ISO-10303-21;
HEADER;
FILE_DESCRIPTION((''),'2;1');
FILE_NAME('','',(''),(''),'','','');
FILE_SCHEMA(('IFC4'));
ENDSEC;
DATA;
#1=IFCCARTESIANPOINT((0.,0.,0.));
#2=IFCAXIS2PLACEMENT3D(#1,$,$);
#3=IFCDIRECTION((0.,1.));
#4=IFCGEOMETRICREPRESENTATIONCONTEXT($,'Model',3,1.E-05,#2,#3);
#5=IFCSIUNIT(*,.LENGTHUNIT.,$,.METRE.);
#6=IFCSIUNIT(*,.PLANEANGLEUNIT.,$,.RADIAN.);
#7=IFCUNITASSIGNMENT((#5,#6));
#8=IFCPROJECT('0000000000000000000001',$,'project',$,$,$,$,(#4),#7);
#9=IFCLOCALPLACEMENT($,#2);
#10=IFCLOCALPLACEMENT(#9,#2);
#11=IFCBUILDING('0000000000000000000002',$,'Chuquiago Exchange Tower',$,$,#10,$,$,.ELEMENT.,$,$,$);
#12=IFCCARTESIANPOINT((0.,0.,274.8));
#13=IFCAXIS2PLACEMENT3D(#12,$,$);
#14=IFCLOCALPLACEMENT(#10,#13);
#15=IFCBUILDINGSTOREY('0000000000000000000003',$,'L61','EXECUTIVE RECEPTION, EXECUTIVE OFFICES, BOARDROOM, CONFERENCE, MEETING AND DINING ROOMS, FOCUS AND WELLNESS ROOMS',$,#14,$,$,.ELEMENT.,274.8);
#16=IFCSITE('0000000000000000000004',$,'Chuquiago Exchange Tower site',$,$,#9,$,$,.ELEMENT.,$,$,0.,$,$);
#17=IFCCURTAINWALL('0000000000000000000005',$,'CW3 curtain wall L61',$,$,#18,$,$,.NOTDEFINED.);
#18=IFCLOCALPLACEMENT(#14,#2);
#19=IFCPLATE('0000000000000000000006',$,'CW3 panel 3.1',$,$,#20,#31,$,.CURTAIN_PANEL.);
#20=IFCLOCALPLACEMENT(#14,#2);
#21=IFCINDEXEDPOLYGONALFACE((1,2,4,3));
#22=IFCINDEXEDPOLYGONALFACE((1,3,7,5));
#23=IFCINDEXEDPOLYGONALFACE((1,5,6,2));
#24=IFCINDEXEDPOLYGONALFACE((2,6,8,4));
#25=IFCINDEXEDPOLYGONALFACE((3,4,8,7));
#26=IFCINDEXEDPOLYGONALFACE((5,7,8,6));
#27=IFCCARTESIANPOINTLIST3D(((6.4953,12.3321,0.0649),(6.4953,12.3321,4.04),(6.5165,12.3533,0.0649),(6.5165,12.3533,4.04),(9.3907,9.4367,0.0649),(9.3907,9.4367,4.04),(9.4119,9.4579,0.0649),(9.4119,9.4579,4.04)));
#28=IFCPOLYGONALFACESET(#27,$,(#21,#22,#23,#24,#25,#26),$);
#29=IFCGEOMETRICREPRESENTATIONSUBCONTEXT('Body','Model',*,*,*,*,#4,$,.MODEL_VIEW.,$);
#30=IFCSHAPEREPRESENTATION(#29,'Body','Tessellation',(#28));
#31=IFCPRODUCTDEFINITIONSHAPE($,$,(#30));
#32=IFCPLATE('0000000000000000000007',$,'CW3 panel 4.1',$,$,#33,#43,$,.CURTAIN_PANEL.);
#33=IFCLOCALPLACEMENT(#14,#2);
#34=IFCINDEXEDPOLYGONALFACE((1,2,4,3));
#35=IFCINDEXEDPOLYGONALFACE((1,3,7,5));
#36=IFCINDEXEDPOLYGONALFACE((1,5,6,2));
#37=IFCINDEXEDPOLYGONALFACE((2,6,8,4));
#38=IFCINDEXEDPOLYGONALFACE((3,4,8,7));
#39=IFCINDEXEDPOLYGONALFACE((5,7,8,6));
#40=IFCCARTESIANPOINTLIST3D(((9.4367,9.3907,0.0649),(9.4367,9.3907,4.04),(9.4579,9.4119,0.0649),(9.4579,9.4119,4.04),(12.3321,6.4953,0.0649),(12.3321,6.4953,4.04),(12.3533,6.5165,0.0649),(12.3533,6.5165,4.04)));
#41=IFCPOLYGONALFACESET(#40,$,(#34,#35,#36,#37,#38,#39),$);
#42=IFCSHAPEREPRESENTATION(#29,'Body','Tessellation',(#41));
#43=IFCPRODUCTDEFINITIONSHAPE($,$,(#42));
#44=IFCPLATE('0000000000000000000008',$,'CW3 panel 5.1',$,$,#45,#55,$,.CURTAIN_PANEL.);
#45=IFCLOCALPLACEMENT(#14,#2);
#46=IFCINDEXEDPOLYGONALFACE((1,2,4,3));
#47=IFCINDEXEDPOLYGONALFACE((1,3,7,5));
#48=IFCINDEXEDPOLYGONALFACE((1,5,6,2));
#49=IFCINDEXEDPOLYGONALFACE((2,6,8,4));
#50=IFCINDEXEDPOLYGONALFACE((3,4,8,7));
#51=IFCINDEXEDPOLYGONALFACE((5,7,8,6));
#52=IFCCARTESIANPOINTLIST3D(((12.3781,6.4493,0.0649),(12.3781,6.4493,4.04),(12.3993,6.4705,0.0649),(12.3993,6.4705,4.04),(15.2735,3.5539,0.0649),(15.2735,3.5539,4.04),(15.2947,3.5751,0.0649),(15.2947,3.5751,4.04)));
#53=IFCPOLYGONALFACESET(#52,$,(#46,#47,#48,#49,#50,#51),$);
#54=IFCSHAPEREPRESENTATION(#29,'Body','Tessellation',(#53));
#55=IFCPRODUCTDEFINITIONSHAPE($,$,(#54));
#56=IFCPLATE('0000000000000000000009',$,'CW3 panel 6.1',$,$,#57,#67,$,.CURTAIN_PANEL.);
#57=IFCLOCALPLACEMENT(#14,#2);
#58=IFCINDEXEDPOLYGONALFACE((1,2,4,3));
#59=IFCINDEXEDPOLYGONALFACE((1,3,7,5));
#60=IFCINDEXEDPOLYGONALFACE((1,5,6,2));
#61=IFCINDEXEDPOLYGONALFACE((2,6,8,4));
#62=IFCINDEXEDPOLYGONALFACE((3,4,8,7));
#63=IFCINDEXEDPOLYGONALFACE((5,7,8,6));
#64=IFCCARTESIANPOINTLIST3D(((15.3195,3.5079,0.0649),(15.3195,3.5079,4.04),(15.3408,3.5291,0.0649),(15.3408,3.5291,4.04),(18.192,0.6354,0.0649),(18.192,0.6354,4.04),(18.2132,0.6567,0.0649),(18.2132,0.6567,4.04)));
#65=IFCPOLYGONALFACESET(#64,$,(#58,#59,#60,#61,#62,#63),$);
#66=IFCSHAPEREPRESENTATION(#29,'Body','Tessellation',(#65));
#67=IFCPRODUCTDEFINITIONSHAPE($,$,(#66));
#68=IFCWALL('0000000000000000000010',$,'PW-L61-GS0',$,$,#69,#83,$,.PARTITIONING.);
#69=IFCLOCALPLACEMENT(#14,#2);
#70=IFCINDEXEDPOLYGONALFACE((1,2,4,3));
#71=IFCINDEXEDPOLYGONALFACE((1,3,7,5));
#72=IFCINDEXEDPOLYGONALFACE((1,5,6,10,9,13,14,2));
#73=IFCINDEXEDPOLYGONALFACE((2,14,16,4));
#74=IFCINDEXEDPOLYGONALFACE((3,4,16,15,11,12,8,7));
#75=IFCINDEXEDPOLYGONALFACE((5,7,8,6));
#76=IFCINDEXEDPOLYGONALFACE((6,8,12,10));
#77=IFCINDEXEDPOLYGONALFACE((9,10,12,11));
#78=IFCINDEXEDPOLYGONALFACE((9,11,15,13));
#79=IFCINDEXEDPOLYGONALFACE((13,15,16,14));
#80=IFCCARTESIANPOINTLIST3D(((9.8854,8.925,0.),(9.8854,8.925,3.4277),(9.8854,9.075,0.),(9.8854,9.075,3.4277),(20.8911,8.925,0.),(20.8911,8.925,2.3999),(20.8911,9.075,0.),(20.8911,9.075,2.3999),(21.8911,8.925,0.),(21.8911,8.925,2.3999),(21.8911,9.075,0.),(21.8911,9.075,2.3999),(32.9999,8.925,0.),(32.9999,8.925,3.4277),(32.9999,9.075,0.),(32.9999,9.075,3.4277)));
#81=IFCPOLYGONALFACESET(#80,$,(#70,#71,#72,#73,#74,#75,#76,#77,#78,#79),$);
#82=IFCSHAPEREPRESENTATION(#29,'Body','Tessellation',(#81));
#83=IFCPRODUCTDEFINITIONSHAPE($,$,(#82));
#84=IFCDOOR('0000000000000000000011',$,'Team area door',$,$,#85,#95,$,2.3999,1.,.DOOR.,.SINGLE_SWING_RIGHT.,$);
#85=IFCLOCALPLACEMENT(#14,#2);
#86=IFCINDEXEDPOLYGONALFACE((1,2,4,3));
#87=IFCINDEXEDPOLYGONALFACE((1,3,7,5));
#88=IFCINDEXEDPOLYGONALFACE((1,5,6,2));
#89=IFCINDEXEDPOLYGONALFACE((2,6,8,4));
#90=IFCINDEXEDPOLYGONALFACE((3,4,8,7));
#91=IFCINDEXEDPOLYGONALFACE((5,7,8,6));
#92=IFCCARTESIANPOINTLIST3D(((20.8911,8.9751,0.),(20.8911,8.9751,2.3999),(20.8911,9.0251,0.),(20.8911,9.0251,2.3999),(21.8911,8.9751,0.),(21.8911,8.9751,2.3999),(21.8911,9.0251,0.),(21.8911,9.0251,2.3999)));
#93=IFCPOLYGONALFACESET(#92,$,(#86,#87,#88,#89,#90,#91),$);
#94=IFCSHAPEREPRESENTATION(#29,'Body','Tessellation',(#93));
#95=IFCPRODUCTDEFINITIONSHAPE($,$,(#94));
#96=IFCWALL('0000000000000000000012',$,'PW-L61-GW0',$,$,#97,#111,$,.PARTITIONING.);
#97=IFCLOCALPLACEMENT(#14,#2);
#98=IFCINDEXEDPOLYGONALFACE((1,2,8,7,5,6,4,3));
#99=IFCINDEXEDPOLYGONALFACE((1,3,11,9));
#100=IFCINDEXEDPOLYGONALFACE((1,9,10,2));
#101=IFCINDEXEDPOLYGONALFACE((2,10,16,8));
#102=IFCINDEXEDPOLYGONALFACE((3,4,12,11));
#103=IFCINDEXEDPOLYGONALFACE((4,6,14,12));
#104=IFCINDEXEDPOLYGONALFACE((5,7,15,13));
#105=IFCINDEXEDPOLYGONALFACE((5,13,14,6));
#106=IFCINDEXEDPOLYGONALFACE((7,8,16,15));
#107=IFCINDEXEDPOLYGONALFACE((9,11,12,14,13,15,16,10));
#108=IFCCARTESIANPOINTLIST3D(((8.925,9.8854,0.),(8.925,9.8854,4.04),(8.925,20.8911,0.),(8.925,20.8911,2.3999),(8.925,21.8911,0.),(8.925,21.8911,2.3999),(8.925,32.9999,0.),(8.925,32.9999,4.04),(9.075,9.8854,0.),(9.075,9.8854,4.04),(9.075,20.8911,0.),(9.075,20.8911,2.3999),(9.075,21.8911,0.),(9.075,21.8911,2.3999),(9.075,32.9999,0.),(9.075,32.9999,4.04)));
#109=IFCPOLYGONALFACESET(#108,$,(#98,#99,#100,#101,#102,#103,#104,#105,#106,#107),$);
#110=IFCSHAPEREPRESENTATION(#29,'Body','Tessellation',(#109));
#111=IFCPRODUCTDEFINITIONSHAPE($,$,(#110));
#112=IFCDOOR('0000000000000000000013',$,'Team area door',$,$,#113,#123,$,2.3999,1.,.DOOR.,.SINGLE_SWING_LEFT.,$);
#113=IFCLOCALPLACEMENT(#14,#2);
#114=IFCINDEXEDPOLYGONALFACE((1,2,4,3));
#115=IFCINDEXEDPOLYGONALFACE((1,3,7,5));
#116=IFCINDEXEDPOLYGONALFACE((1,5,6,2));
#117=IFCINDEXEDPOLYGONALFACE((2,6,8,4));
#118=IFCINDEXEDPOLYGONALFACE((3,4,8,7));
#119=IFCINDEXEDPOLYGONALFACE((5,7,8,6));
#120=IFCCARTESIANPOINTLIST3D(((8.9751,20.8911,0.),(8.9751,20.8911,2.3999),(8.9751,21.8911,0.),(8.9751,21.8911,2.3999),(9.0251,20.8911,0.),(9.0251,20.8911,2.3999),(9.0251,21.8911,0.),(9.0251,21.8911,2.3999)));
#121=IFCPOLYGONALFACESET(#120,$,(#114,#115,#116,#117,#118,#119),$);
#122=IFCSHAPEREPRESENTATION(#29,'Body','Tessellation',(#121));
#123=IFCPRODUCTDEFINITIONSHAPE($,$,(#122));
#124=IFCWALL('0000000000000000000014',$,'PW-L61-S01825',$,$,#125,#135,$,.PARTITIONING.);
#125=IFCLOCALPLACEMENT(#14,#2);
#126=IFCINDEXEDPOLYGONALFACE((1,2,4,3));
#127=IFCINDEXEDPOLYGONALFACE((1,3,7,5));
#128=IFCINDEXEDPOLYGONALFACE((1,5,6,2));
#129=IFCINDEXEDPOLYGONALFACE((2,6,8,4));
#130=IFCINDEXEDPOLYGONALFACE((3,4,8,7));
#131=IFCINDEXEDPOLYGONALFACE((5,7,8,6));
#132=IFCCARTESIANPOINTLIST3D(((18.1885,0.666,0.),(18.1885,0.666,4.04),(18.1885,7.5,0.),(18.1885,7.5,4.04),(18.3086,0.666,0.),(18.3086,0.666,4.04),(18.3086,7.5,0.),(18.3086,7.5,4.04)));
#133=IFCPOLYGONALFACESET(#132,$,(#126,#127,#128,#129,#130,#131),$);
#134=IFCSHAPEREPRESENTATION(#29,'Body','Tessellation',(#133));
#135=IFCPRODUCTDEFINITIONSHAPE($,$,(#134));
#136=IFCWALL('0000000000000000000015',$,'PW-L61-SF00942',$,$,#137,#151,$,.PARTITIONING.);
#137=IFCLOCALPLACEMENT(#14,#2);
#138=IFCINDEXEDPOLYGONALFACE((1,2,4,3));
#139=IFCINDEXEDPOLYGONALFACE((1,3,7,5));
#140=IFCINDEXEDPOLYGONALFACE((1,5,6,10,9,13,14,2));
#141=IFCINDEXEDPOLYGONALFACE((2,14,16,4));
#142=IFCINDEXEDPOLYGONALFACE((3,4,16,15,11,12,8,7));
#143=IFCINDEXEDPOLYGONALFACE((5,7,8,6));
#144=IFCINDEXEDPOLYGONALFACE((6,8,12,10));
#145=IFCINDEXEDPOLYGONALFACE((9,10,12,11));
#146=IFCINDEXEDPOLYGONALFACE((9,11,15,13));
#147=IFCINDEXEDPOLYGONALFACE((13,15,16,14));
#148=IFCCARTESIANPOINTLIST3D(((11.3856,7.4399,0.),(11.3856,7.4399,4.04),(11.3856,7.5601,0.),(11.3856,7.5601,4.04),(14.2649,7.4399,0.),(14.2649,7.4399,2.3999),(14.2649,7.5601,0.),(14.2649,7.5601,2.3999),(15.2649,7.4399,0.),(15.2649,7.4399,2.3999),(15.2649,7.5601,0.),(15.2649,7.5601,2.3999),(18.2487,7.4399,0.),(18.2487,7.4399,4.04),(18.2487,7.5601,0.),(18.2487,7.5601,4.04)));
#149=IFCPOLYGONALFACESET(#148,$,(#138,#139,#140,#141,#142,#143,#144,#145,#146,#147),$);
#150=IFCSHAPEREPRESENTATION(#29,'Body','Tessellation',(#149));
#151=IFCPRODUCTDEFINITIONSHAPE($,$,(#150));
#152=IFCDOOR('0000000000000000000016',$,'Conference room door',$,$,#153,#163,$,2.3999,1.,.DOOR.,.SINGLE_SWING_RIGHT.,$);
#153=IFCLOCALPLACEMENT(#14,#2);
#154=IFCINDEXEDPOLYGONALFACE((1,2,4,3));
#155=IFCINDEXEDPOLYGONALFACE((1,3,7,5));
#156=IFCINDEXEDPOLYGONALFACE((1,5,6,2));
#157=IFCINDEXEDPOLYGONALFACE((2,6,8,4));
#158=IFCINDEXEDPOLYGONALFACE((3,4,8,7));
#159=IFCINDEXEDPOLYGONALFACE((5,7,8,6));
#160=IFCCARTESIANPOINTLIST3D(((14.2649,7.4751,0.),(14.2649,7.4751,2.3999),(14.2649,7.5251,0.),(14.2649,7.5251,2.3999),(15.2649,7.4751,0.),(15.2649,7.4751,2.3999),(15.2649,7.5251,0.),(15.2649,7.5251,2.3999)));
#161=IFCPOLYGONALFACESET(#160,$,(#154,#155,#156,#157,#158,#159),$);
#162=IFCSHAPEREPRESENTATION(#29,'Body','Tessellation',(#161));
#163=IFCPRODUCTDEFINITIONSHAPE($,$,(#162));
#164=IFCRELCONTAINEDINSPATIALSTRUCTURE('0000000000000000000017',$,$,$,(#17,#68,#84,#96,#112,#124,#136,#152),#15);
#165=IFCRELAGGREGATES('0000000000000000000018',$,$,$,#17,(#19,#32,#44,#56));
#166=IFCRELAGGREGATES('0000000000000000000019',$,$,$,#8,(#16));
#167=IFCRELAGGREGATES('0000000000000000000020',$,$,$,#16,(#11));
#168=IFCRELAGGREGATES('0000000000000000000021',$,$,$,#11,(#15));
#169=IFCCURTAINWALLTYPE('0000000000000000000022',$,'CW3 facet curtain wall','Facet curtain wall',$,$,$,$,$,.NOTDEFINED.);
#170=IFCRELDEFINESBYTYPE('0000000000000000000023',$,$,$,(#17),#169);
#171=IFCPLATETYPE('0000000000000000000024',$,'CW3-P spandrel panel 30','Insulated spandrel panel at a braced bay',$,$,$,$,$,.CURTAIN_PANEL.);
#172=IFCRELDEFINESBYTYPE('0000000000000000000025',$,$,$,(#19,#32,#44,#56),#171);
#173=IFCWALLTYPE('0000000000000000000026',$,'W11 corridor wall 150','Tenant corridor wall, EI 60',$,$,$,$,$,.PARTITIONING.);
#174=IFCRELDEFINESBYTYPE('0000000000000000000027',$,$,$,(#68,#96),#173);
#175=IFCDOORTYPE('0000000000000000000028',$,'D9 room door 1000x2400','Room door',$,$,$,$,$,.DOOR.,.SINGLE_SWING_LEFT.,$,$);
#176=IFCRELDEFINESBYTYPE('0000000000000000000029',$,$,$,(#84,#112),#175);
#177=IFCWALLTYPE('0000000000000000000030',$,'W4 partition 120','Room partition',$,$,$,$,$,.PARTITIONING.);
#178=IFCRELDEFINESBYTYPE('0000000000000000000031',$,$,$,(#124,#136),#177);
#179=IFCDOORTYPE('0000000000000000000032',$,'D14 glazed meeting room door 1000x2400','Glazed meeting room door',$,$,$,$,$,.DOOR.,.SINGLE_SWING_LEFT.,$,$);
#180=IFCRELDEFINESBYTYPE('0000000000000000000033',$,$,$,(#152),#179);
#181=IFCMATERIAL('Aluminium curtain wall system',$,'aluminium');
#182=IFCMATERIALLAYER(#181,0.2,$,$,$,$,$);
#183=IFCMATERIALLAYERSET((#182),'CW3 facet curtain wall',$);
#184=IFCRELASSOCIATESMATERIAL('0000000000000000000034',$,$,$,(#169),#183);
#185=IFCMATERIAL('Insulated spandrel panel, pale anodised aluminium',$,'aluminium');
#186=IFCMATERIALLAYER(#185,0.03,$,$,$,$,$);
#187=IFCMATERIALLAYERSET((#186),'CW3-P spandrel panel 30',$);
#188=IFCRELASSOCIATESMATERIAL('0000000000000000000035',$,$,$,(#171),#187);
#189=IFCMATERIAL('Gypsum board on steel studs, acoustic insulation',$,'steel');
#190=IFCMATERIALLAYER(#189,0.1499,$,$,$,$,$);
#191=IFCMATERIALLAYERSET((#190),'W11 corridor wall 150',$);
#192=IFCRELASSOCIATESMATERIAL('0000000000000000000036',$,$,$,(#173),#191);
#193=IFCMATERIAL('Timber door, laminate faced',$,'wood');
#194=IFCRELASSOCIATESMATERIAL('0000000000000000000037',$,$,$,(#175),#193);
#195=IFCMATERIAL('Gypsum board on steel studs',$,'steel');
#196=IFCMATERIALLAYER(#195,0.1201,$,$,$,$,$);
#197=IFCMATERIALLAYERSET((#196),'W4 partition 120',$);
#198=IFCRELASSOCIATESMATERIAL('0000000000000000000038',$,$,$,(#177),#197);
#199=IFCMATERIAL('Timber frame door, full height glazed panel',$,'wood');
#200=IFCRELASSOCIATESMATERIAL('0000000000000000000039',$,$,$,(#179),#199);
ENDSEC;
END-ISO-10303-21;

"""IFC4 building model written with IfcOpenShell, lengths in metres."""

from ifc_helpers import new_model, si_unit, direction, frame, frame_2d, origin, origin_2d, place, context, subcontext, project, spatial, rectangle, extrude, material, layer, layer_set, type_object, element, fill, aggregate, save


model = new_model("IFC4")

# Units and contexts
model_context = context("Model", 3, precision=1e-05, world=origin(), true_north=direction((0.0, 1.0)))
body_context = subcontext(model_context, "Body", "Model", "MODEL_VIEW")
ifc_project = project(units=[si_unit("LENGTHUNIT", "METRE"), si_unit("PLANEANGLEUNIT", "RADIAN")], contexts=[model_context])

# Site, building, storey
site_placement = place(None, origin())
site = spatial("IfcSite", under=ifc_project, at=site_placement, Name="Chuquiago Exchange Tower site", CompositionType="ELEMENT", RefElevation=0.0)
building_placement = place(site_placement, origin())
building = spatial("IfcBuilding", under=site, at=building_placement, Name="Chuquiago Exchange Tower", CompositionType="ELEMENT")
storey_placement = place(building_placement, frame((0.0, 0.0, 274.8)))
storey = spatial("IfcBuildingStorey", under=building, at=storey_placement, Name="L61", Description="EXECUTIVE RECEPTION, EXECUTIVE OFFICES, BOARDROOM, CONFERENCE, MEETING AND DINING ROOMS, FOCUS AND WELLNESS ROOMS", CompositionType="ELEMENT", Elevation=274.8)

# Curtain wall
ifc_material_1 = material(Name="Aluminium curtain wall system", Category="aluminium")
ifc_layer_1 = layer(ifc_material_1, 0.2)
ifc_layer_set_1 = layer_set([ifc_layer_1], Name="CW3 facet curtain wall")
curtain_wall_type = type_object("IfcCurtainWallType", Name="CW3 facet curtain wall", Description="Facet curtain wall", PredefinedType="NOTDEFINED", material=ifc_layer_set_1)
curtain_wall_placement = place(storey_placement, origin())
curtain_wall = element("IfcCurtainWall", 1, at=curtain_wall_placement, inside=storey, type_object=curtain_wall_type, Name="CW3 curtain wall L61", PredefinedType="NOTDEFINED")

# Plates
ifc_material_2 = material(Name="Insulated spandrel panel, pale anodised aluminium", Category="aluminium")
ifc_layer_2 = layer(ifc_material_2, 0.03)
ifc_layer_set_2 = layer_set([ifc_layer_2], Name="CW3-P spandrel panel 30")
plate_type = type_object("IfcPlateType", Name="CW3-P spandrel panel 30", Description="Insulated spandrel panel at a braced bay", PredefinedType="CURTAIN_PANEL", material=ifc_layer_set_2)
plate_1_placement = place(storey_placement, frame((7.9536, 10.895, 0.0649), z_axis=(0.0, 0.0, 1.0), x_axis=(0.707107, -0.707107, 0.0)))
plate_1 = element("IfcPlate", 2, at=plate_1_placement, type_object=plate_type, Name="CW3 panel 3.1", PredefinedType="CURTAIN_PANEL", context=body_context, shape_type="SweptSolid", body=[
    extrude(rectangle(XDim=4.0947, YDim=0.03, at=origin_2d()), origin(), (0.0, 0.0, 1.0), 3.9751),
])
plate_2_placement = place(storey_placement, frame((10.895, 7.9536, 0.0649), z_axis=(0.0, 0.0, 1.0), x_axis=(0.707107, -0.707107, 0.0)))
plate_2 = element("IfcPlate", 3, at=plate_2_placement, type_object=plate_type, Name="CW3 panel 4.1", PredefinedType="CURTAIN_PANEL", context=body_context, shape_type="SweptSolid", body=[
    extrude(rectangle(XDim=4.0947, YDim=0.03, at=origin_2d()), origin(), (0.0, 0.0, 1.0), 3.9751),
])
plate_3_placement = place(storey_placement, frame((13.8364, 5.0122, 0.0649), z_axis=(0.0, 0.0, 1.0), x_axis=(0.707107, -0.707107, 0.0)))
plate_3 = element("IfcPlate", 4, at=plate_3_placement, type_object=plate_type, Name="CW3 panel 5.1", PredefinedType="CURTAIN_PANEL", context=body_context, shape_type="SweptSolid", body=[
    extrude(rectangle(XDim=4.0947, YDim=0.03, at=origin_2d()), origin(), (0.0, 0.0, 1.0), 3.9751),
])
plate_4_placement = place(storey_placement, frame((16.7664, 2.0823, 0.0649), z_axis=(0.0, 0.0, 1.0), x_axis=(0.707107, -0.707107, 0.0)))
plate_4 = element("IfcPlate", 5, at=plate_4_placement, type_object=plate_type, Name="CW3 panel 6.1", PredefinedType="CURTAIN_PANEL", context=body_context, shape_type="SweptSolid", body=[
    extrude(rectangle(XDim=4.0623, YDim=0.03, at=origin_2d()), origin(), (0.0, 0.0, 1.0), 3.9751),
])
aggregate(curtain_wall, [plate_1, plate_2, plate_3, plate_4])

# Walls, openings, doors
ifc_material_3 = material(Name="Gypsum board on steel studs, acoustic insulation", Category="steel")
ifc_layer_3 = layer(ifc_material_3, 0.1499)
ifc_layer_set_3 = layer_set([ifc_layer_3], Name="W11 corridor wall 150")
wall_type_1 = type_object("IfcWallType", Name="W11 corridor wall 150", Description="Tenant corridor wall, EI 60", PredefinedType="PARTITIONING", material=ifc_layer_set_3)
wall_1_placement = place(storey_placement, frame((9.8855, 9.0, 0.0), z_axis=(0.0, 0.0, 1.0), x_axis=(1.0, 0.0, 0.0)))
wall_1 = element("IfcWall", 6, at=wall_1_placement, inside=storey, type_object=wall_type_1, Name="PW-L61-GS0", PredefinedType="PARTITIONING", context=body_context, shape_type="SweptSolid", body=[
    extrude(rectangle(XDim=23.1145, YDim=0.1499, at=frame_2d((11.5571, 0.0))), origin(), (0.0, 0.0, 1.0), 3.4277),
])
opening_1_placement = place(wall_1_placement, frame((11.0056, 0.0, 0.0)))
opening_1 = element("IfcOpeningElement", 7, at=opening_1_placement, cuts=wall_1, PredefinedType="OPENING", context=body_context, shape_type="SweptSolid", body=[
    extrude(rectangle(XDim=1.0, YDim=2.3999, at=frame_2d((0.5, 1.2))), frame((0.0, 0.085, 0.0), z_axis=(0.0, -1.0, 0.0), x_axis=(1.0, 0.0, 0.0)), (0.0, 0.0, 1.0), 0.1699),
])
ifc_material_4 = material(Name="Timber door, laminate faced", Category="wood")
door_type_1 = type_object("IfcDoorType", Name="D9 room door 1000x2400", Description="Room door", OperationType="SINGLE_SWING_LEFT", PredefinedType="DOOR", material=ifc_material_4)
door_1_placement = place(opening_1_placement, frame((1.0, 0.0, 0.0), z_axis=(0.0, 0.0, 1.0), x_axis=(-1.0, 0.0, 0.0)))
door_1 = element("IfcDoor", 8, at=door_1_placement, inside=storey, type_object=door_type_1, Name="Team area door", OperationType="SINGLE_SWING_RIGHT", OverallHeight=2.3999, OverallWidth=1.0, PredefinedType="DOOR", context=body_context, shape_type="SweptSolid", body=[
    extrude(rectangle(XDim=1.0, YDim=2.3999, at=frame_2d((0.5, 1.2))), frame((0.0, 0.0249, 0.0), z_axis=(0.0, -1.0, 0.0), x_axis=(1.0, 0.0, 0.0)), (0.0, 0.0, 1.0), 0.05),
])
fill(opening_1, door_1)
wall_2_placement = place(storey_placement, frame((9.0, 9.8855, 0.0), z_axis=(0.0, 0.0, 1.0), x_axis=(0.0, 1.0, 0.0)))
wall_2 = element("IfcWall", 9, at=wall_2_placement, inside=storey, type_object=wall_type_1, Name="PW-L61-GW0", PredefinedType="PARTITIONING", context=body_context, shape_type="SweptSolid", body=[
    extrude(rectangle(XDim=23.1145, YDim=0.1499, at=frame_2d((11.5571, 0.0))), origin(), (0.0, 0.0, 1.0), 4.04),
])
opening_2_placement = place(wall_2_placement, frame((11.0056, 0.0, 0.0)))
opening_2 = element("IfcOpeningElement", 10, at=opening_2_placement, cuts=wall_2, PredefinedType="OPENING", context=body_context, shape_type="SweptSolid", body=[
    extrude(rectangle(XDim=1.0, YDim=2.3999, at=frame_2d((0.5, 1.2))), frame((0.0, 0.085, 0.0), z_axis=(0.0, -1.0, 0.0), x_axis=(1.0, 0.0, 0.0)), (0.0, 0.0, 1.0), 0.1699),
])
door_2_placement = place(opening_2_placement, origin())
door_2 = element("IfcDoor", 11, at=door_2_placement, inside=storey, type_object=door_type_1, Name="Team area door", OperationType="SINGLE_SWING_LEFT", OverallHeight=2.3999, OverallWidth=1.0, PredefinedType="DOOR", context=body_context, shape_type="SweptSolid", body=[
    extrude(rectangle(XDim=1.0, YDim=2.3999, at=frame_2d((0.5, 1.2))), frame((0.0, 0.0249, 0.0), z_axis=(0.0, -1.0, 0.0), x_axis=(1.0, 0.0, 0.0)), (0.0, 0.0, 1.0), 0.05),
])
fill(opening_2, door_2)

# Wall
ifc_material_5 = material(Name="Gypsum board on steel studs", Category="steel")
ifc_layer_4 = layer(ifc_material_5, 0.1201)
ifc_layer_set_4 = layer_set([ifc_layer_4], Name="W4 partition 120")
wall_type_2 = type_object("IfcWallType", Name="W4 partition 120", Description="Room partition", PredefinedType="PARTITIONING", material=ifc_layer_set_4)
wall_3_placement = place(storey_placement, frame((18.2485, 0.666, 0.0), z_axis=(0.0, 0.0, 1.0), x_axis=(0.0, 1.0, 0.0)))
element("IfcWall", 12, at=wall_3_placement, inside=storey, type_object=wall_type_2, Name="PW-L61-S01825", PredefinedType="PARTITIONING", context=body_context, shape_type="SweptSolid", body=[
    extrude(rectangle(XDim=6.834, YDim=0.1201, at=frame_2d((3.417, 0.0))), origin(), (0.0, 0.0, 1.0), 4.04),
])

# Wall, opening, door
wall_4_placement = place(storey_placement, frame((11.3855, 7.5, 0.0), z_axis=(0.0, 0.0, 1.0), x_axis=(1.0, 0.0, 0.0)))
wall_4 = element("IfcWall", 13, at=wall_4_placement, inside=storey, type_object=wall_type_2, Name="PW-L61-SF00942", PredefinedType="PARTITIONING", context=body_context, shape_type="SweptSolid", body=[
    extrude(rectangle(XDim=6.863, YDim=0.1201, at=frame_2d((3.4316, 0.0))), origin(), (0.0, 0.0, 1.0), 4.04),
])
opening_3_placement = place(wall_4_placement, frame((2.8794, 0.0, 0.0)))
opening_3 = element("IfcOpeningElement", 14, at=opening_3_placement, cuts=wall_4, PredefinedType="OPENING", context=body_context, shape_type="SweptSolid", body=[
    extrude(rectangle(XDim=1.0, YDim=2.3999, at=frame_2d((0.5, 1.2))), frame((0.0, 0.0701, 0.0), z_axis=(0.0, -1.0, 0.0), x_axis=(1.0, 0.0, 0.0)), (0.0, 0.0, 1.0), 0.1401),
])
ifc_material_6 = material(Name="Timber frame door, full height glazed panel", Category="wood")
door_type_2 = type_object("IfcDoorType", Name="D14 glazed meeting room door 1000x2400", Description="Glazed meeting room door", OperationType="SINGLE_SWING_LEFT", PredefinedType="DOOR", material=ifc_material_6)
door_3_placement = place(opening_3_placement, frame((1.0, 0.0, 0.0), z_axis=(0.0, 0.0, 1.0), x_axis=(-1.0, 0.0, 0.0)))
door_3 = element("IfcDoor", 15, at=door_3_placement, inside=storey, type_object=door_type_2, Name="Conference room door", OperationType="SINGLE_SWING_RIGHT", OverallHeight=2.3999, OverallWidth=1.0, PredefinedType="DOOR", context=body_context, shape_type="SweptSolid", body=[
    extrude(rectangle(XDim=1.0, YDim=2.3999, at=frame_2d((0.5, 1.2))), frame((0.0, 0.0249, 0.0), z_axis=(0.0, -1.0, 0.0), x_axis=(1.0, 0.0, 0.0)), (0.0, 0.0, 1.0), 0.05),
])
fill(opening_3, door_3)

save(model, "model.ifc")
